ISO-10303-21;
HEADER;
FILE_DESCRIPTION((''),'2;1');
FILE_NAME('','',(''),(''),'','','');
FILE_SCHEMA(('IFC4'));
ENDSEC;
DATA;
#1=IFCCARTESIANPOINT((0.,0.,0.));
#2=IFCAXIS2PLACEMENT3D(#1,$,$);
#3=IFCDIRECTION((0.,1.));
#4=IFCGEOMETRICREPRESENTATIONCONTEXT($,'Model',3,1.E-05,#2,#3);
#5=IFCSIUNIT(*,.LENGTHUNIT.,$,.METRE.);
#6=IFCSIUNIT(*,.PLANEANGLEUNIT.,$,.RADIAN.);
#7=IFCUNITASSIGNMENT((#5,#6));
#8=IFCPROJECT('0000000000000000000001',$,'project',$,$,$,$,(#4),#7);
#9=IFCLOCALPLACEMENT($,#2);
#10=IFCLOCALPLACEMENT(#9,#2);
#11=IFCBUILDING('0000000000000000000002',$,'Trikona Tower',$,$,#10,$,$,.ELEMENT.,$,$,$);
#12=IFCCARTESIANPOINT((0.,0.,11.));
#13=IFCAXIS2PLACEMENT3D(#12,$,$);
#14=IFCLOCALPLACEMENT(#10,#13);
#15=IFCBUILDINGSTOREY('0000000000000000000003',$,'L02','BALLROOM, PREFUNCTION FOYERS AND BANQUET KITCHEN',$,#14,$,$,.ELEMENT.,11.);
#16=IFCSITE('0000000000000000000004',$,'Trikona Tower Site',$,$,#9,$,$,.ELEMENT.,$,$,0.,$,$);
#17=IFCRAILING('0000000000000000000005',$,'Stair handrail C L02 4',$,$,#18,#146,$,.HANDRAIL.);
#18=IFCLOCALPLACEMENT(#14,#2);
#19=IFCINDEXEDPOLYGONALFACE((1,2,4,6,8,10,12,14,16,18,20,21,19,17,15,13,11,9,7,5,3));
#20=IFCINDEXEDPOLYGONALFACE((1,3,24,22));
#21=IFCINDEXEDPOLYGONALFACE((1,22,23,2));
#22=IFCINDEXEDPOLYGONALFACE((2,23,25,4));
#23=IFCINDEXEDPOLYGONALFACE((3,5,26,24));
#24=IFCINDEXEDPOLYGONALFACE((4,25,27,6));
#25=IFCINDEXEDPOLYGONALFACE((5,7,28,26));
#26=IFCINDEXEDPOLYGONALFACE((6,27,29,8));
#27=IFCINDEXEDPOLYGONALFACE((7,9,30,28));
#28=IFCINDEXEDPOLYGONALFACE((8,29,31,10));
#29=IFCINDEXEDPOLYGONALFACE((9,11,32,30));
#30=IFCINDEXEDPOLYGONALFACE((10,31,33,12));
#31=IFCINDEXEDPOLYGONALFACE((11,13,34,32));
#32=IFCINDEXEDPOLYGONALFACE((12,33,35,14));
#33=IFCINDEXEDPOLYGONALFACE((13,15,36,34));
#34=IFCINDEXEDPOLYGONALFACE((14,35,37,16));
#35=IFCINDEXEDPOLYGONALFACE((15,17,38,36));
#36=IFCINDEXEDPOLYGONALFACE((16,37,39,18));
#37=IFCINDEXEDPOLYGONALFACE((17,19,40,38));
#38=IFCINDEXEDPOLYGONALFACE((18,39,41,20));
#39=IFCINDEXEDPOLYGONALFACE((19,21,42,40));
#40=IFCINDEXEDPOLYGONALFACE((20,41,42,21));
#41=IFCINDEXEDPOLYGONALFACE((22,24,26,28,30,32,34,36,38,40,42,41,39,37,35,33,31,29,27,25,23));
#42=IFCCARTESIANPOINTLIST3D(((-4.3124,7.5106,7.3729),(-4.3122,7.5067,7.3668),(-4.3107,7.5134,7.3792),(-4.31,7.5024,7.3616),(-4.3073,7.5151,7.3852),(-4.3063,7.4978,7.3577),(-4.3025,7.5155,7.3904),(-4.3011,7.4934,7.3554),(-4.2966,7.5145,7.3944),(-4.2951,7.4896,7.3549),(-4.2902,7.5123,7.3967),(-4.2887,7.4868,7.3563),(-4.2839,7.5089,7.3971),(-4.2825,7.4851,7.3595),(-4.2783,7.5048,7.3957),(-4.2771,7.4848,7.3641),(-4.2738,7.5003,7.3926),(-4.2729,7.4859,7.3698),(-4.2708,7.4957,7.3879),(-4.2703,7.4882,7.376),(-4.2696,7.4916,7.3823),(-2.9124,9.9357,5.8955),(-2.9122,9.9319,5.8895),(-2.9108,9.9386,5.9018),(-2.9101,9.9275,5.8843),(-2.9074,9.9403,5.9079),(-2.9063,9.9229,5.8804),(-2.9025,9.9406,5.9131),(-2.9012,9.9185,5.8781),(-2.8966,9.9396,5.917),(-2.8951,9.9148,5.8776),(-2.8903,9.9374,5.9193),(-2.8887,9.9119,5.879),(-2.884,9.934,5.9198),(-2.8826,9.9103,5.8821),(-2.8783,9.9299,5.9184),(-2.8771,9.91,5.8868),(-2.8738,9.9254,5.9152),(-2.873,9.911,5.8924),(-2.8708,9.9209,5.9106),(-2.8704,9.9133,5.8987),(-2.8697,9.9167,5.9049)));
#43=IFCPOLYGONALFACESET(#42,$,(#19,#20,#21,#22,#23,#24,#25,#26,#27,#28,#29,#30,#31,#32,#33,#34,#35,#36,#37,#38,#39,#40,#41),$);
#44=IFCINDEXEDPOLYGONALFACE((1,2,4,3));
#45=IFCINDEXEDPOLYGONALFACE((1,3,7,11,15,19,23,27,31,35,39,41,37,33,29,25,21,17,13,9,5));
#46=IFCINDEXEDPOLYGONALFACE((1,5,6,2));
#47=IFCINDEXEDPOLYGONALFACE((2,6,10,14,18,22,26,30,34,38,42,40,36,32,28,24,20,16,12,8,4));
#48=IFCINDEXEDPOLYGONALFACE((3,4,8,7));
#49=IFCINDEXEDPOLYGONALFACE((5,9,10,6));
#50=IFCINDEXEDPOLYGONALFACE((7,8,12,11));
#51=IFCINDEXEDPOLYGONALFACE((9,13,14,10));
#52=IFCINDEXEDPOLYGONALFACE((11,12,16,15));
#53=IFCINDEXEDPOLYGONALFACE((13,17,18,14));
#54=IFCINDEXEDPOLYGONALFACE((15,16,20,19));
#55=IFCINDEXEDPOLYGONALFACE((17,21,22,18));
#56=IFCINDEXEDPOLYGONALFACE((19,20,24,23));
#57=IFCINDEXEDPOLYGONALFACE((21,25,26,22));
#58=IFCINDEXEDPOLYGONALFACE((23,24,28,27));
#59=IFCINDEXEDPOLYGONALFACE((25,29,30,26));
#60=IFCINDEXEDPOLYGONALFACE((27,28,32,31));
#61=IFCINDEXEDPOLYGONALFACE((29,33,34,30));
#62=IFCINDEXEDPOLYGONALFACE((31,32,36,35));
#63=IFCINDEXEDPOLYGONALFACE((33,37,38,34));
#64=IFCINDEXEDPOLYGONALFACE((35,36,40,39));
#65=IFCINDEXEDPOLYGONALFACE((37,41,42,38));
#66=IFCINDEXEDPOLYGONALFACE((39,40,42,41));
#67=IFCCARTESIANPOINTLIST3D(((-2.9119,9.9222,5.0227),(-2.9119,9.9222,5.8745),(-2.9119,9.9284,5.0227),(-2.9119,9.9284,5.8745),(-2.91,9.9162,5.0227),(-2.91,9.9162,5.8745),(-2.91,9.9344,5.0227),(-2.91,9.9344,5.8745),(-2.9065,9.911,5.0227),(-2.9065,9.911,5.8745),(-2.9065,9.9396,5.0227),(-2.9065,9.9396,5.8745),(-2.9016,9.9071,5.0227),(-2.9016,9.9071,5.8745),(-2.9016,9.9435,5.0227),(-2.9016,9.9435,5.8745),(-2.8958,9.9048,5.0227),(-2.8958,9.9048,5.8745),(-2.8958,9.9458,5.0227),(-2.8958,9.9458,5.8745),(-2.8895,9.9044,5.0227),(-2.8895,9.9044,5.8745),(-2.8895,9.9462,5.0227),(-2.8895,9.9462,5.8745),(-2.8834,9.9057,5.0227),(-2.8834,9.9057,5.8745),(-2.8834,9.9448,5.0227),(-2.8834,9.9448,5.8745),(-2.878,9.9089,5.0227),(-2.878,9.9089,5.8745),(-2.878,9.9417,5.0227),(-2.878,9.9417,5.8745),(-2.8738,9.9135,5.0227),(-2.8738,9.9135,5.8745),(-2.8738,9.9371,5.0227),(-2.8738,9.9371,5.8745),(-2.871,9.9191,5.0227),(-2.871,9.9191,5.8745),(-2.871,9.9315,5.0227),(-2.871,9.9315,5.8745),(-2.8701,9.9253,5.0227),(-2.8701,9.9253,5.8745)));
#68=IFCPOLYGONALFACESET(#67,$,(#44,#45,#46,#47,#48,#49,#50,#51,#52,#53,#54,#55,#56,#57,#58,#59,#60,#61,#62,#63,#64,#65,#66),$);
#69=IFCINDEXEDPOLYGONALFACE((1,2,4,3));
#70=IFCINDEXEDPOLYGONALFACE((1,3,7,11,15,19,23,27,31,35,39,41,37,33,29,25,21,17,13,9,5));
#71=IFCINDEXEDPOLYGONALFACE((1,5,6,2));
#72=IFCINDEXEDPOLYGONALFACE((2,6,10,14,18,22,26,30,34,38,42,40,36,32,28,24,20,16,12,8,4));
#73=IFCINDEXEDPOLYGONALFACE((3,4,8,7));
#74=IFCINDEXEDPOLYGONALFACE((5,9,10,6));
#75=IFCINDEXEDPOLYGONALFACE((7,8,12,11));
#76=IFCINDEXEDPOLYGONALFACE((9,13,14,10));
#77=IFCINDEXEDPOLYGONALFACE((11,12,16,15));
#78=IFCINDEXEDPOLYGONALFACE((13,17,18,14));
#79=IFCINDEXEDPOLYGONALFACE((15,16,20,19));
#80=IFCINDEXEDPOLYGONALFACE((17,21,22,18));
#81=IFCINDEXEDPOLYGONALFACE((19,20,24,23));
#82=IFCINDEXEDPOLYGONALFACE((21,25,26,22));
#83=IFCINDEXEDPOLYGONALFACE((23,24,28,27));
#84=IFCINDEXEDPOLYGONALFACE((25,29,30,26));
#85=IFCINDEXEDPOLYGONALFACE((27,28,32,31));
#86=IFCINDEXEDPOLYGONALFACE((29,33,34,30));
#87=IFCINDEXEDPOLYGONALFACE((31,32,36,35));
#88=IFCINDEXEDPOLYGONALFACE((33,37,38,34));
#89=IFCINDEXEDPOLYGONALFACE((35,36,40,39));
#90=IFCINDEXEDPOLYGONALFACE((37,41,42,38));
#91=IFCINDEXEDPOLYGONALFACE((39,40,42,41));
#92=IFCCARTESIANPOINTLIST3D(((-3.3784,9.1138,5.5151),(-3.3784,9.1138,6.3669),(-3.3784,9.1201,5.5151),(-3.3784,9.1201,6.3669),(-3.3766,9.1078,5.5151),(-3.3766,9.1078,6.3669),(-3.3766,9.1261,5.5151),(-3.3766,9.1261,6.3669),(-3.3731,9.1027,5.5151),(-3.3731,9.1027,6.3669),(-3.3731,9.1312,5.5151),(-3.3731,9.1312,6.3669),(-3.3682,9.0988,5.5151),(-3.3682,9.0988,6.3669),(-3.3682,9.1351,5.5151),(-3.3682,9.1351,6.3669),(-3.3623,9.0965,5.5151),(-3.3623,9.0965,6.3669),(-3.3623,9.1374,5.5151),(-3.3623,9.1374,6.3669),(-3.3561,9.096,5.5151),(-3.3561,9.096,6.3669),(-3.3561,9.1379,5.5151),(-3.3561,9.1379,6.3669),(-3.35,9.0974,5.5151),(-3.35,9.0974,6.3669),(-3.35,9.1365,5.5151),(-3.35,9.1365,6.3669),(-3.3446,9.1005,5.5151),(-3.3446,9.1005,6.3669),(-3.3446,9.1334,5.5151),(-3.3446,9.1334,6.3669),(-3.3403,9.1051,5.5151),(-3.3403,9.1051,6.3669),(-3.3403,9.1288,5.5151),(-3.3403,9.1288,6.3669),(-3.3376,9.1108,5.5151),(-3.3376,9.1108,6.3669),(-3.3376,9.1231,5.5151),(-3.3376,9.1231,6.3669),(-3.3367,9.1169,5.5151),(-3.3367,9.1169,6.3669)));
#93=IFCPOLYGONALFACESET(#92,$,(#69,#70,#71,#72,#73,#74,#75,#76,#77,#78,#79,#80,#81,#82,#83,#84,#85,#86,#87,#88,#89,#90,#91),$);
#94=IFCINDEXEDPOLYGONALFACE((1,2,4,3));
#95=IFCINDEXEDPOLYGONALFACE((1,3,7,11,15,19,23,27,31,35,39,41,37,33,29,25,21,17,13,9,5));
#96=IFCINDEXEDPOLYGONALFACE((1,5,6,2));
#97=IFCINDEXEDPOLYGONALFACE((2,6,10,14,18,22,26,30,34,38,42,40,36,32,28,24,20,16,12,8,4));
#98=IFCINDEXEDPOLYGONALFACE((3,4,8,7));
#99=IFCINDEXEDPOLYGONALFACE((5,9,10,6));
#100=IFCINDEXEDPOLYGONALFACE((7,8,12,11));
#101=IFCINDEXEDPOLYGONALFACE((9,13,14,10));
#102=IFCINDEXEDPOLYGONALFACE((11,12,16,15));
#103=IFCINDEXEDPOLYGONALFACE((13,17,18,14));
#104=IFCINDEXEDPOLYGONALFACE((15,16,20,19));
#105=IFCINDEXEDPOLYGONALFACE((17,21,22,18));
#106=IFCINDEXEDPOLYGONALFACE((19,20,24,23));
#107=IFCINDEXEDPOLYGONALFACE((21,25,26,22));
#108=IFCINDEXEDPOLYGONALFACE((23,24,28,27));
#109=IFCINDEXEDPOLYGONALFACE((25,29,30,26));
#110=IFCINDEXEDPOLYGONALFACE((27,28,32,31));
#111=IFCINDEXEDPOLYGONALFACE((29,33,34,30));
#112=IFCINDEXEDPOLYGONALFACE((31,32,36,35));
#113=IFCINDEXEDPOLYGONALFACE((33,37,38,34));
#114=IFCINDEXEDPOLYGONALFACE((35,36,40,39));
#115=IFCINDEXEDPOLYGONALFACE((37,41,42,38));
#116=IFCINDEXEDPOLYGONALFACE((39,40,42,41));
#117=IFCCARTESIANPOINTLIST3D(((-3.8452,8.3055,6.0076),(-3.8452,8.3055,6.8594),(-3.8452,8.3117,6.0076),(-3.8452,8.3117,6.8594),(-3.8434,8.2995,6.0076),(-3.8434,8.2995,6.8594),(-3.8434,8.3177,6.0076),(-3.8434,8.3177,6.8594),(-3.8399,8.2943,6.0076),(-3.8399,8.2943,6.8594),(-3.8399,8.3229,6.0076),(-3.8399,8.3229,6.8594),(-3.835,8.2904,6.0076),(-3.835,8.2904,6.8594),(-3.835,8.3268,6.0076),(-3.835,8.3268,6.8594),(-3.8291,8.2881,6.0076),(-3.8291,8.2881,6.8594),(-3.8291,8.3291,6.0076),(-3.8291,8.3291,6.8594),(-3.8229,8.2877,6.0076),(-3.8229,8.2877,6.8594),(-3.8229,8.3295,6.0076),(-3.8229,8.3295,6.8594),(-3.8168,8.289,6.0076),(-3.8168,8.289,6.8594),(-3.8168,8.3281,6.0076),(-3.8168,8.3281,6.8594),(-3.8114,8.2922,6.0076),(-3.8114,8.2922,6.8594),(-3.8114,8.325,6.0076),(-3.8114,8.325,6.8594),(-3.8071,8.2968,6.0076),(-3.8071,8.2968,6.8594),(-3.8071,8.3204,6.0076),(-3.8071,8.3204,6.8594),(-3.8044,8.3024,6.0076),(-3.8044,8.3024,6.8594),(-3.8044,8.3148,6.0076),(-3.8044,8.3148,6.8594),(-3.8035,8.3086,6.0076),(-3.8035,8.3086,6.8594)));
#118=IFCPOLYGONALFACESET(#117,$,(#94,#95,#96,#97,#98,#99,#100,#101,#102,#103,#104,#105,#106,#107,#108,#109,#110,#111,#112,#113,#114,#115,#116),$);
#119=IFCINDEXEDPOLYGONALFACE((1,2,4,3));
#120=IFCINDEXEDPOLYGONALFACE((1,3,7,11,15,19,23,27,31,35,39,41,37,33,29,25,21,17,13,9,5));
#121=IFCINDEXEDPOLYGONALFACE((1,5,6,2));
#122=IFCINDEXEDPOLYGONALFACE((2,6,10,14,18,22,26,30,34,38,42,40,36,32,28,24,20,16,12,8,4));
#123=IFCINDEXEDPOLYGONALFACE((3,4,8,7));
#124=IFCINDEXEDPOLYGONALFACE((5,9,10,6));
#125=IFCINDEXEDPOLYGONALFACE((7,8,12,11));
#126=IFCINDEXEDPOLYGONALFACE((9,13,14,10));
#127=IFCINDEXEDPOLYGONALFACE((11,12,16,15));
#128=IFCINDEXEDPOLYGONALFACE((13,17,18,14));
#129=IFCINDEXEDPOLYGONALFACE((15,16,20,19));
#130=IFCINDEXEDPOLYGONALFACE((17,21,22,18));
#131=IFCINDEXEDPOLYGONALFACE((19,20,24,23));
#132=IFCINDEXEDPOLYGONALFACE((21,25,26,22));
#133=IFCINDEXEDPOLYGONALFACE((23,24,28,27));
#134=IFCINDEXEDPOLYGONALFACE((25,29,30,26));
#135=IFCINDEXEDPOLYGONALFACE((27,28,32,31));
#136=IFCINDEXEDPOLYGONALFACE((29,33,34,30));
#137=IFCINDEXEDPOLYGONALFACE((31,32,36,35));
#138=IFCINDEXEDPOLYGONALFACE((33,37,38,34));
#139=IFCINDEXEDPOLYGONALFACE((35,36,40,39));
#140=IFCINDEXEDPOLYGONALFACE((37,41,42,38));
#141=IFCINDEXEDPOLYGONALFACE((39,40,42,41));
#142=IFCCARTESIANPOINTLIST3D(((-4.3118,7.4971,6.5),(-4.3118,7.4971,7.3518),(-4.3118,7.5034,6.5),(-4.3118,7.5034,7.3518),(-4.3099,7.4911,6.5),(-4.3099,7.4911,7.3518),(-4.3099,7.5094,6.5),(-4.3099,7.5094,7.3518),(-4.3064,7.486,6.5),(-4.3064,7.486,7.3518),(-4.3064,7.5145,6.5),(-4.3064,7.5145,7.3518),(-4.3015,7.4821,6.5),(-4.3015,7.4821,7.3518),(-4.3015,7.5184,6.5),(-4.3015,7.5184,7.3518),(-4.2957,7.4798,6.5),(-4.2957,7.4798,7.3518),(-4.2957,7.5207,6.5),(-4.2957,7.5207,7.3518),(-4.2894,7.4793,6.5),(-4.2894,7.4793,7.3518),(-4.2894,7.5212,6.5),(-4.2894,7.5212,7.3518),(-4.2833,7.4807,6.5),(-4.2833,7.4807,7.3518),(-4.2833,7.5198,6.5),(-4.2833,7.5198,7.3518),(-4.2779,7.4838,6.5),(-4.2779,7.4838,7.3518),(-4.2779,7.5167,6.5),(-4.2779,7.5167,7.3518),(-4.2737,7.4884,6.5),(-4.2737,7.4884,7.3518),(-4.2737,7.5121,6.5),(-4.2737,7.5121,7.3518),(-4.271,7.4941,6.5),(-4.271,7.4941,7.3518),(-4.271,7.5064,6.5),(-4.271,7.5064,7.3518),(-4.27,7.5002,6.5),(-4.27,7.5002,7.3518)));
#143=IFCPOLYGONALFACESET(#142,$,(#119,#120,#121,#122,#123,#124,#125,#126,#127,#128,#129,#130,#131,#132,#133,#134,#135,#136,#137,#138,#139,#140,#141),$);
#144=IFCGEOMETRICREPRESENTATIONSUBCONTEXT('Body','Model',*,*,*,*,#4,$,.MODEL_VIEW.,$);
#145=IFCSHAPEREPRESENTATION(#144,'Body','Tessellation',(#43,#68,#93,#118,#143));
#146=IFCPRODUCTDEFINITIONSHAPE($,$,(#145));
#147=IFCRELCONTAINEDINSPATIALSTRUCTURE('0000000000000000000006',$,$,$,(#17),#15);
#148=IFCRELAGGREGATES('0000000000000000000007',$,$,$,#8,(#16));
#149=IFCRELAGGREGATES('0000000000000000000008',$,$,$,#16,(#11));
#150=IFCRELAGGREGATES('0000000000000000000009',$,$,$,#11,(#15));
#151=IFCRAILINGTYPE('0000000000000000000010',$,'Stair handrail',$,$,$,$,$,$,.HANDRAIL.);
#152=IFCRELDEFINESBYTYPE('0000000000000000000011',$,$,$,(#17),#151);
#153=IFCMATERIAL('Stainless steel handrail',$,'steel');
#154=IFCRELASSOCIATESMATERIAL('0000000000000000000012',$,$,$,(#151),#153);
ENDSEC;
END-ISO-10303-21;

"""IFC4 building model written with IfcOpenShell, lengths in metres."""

from ifc_helpers import new_model, si_unit, direction, frame, origin, origin_2d, place, context, subcontext, project, spatial, circle, extrude, material, type_object, element, save


model = new_model("IFC4")

# Units and contexts
model_context = context("Model", 3, precision=1e-05, world=origin(), true_north=direction((0.0, 1.0)))
body_context = subcontext(model_context, "Body", "Model", "MODEL_VIEW")
ifc_project = project(units=[si_unit("LENGTHUNIT", "METRE"), si_unit("PLANEANGLEUNIT", "RADIAN")], contexts=[model_context])

# Site, building, storey
site_placement = place(None, origin())
site = spatial("IfcSite", under=ifc_project, at=site_placement, Name="Trikona Tower Site", CompositionType="ELEMENT", RefElevation=0.0)
building_placement = place(site_placement, origin())
building = spatial("IfcBuilding", under=site, at=building_placement, Name="Trikona Tower", CompositionType="ELEMENT")
storey_placement = place(building_placement, frame((0.0, 0.0, 11.0)))
storey = spatial("IfcBuildingStorey", under=building, at=storey_placement, Name="L02", Description="BALLROOM, PREFUNCTION FOYERS AND BANQUET KITCHEN", CompositionType="ELEMENT", Elevation=11.0)

# Railing
ifc_material_1 = material(Name="Stainless steel handrail", Category="steel")
railing_type_1 = type_object("IfcRailingType", Name="Stair handrail", PredefinedType="HANDRAIL", material=ifc_material_1)
railing_1_placement = place(storey_placement, frame((-2.8911, 9.9253, 5.0227)))
element("IfcRailing", 1, at=railing_1_placement, inside=storey, type_object=railing_type_1, Name="Stair handrail C L02 4", PredefinedType="HANDRAIL", context=body_context, shape_type="SweptSolid", body=[
    extrude(circle(Radius=0.0239, at=origin_2d()), frame((0.0, 0.0, 0.876), z_axis=(-0.44218, -0.765988, 0.466626), x_axis=(0.866056, -0.499946, 0.0)), (0.0, 0.0, 1.0), 3.166),
    extrude(circle(Radius=0.021, at=origin_2d()), origin(), (0.0, 0.0, 1.0), 0.8518),
    extrude(circle(Radius=0.021, at=origin_2d()), frame((-0.4666, -0.8083, 0.4924)), (0.0, 0.0, 1.0), 0.8518),
    extrude(circle(Radius=0.021, at=origin_2d()), frame((-0.9333, -1.6167, 0.9849)), (0.0, 0.0, 1.0), 0.8518),
    extrude(circle(Radius=0.021, at=origin_2d()), frame((-1.3999, -2.425, 1.4773)), (0.0, 0.0, 1.0), 0.8518),
])

save(model, "model.ifc")
